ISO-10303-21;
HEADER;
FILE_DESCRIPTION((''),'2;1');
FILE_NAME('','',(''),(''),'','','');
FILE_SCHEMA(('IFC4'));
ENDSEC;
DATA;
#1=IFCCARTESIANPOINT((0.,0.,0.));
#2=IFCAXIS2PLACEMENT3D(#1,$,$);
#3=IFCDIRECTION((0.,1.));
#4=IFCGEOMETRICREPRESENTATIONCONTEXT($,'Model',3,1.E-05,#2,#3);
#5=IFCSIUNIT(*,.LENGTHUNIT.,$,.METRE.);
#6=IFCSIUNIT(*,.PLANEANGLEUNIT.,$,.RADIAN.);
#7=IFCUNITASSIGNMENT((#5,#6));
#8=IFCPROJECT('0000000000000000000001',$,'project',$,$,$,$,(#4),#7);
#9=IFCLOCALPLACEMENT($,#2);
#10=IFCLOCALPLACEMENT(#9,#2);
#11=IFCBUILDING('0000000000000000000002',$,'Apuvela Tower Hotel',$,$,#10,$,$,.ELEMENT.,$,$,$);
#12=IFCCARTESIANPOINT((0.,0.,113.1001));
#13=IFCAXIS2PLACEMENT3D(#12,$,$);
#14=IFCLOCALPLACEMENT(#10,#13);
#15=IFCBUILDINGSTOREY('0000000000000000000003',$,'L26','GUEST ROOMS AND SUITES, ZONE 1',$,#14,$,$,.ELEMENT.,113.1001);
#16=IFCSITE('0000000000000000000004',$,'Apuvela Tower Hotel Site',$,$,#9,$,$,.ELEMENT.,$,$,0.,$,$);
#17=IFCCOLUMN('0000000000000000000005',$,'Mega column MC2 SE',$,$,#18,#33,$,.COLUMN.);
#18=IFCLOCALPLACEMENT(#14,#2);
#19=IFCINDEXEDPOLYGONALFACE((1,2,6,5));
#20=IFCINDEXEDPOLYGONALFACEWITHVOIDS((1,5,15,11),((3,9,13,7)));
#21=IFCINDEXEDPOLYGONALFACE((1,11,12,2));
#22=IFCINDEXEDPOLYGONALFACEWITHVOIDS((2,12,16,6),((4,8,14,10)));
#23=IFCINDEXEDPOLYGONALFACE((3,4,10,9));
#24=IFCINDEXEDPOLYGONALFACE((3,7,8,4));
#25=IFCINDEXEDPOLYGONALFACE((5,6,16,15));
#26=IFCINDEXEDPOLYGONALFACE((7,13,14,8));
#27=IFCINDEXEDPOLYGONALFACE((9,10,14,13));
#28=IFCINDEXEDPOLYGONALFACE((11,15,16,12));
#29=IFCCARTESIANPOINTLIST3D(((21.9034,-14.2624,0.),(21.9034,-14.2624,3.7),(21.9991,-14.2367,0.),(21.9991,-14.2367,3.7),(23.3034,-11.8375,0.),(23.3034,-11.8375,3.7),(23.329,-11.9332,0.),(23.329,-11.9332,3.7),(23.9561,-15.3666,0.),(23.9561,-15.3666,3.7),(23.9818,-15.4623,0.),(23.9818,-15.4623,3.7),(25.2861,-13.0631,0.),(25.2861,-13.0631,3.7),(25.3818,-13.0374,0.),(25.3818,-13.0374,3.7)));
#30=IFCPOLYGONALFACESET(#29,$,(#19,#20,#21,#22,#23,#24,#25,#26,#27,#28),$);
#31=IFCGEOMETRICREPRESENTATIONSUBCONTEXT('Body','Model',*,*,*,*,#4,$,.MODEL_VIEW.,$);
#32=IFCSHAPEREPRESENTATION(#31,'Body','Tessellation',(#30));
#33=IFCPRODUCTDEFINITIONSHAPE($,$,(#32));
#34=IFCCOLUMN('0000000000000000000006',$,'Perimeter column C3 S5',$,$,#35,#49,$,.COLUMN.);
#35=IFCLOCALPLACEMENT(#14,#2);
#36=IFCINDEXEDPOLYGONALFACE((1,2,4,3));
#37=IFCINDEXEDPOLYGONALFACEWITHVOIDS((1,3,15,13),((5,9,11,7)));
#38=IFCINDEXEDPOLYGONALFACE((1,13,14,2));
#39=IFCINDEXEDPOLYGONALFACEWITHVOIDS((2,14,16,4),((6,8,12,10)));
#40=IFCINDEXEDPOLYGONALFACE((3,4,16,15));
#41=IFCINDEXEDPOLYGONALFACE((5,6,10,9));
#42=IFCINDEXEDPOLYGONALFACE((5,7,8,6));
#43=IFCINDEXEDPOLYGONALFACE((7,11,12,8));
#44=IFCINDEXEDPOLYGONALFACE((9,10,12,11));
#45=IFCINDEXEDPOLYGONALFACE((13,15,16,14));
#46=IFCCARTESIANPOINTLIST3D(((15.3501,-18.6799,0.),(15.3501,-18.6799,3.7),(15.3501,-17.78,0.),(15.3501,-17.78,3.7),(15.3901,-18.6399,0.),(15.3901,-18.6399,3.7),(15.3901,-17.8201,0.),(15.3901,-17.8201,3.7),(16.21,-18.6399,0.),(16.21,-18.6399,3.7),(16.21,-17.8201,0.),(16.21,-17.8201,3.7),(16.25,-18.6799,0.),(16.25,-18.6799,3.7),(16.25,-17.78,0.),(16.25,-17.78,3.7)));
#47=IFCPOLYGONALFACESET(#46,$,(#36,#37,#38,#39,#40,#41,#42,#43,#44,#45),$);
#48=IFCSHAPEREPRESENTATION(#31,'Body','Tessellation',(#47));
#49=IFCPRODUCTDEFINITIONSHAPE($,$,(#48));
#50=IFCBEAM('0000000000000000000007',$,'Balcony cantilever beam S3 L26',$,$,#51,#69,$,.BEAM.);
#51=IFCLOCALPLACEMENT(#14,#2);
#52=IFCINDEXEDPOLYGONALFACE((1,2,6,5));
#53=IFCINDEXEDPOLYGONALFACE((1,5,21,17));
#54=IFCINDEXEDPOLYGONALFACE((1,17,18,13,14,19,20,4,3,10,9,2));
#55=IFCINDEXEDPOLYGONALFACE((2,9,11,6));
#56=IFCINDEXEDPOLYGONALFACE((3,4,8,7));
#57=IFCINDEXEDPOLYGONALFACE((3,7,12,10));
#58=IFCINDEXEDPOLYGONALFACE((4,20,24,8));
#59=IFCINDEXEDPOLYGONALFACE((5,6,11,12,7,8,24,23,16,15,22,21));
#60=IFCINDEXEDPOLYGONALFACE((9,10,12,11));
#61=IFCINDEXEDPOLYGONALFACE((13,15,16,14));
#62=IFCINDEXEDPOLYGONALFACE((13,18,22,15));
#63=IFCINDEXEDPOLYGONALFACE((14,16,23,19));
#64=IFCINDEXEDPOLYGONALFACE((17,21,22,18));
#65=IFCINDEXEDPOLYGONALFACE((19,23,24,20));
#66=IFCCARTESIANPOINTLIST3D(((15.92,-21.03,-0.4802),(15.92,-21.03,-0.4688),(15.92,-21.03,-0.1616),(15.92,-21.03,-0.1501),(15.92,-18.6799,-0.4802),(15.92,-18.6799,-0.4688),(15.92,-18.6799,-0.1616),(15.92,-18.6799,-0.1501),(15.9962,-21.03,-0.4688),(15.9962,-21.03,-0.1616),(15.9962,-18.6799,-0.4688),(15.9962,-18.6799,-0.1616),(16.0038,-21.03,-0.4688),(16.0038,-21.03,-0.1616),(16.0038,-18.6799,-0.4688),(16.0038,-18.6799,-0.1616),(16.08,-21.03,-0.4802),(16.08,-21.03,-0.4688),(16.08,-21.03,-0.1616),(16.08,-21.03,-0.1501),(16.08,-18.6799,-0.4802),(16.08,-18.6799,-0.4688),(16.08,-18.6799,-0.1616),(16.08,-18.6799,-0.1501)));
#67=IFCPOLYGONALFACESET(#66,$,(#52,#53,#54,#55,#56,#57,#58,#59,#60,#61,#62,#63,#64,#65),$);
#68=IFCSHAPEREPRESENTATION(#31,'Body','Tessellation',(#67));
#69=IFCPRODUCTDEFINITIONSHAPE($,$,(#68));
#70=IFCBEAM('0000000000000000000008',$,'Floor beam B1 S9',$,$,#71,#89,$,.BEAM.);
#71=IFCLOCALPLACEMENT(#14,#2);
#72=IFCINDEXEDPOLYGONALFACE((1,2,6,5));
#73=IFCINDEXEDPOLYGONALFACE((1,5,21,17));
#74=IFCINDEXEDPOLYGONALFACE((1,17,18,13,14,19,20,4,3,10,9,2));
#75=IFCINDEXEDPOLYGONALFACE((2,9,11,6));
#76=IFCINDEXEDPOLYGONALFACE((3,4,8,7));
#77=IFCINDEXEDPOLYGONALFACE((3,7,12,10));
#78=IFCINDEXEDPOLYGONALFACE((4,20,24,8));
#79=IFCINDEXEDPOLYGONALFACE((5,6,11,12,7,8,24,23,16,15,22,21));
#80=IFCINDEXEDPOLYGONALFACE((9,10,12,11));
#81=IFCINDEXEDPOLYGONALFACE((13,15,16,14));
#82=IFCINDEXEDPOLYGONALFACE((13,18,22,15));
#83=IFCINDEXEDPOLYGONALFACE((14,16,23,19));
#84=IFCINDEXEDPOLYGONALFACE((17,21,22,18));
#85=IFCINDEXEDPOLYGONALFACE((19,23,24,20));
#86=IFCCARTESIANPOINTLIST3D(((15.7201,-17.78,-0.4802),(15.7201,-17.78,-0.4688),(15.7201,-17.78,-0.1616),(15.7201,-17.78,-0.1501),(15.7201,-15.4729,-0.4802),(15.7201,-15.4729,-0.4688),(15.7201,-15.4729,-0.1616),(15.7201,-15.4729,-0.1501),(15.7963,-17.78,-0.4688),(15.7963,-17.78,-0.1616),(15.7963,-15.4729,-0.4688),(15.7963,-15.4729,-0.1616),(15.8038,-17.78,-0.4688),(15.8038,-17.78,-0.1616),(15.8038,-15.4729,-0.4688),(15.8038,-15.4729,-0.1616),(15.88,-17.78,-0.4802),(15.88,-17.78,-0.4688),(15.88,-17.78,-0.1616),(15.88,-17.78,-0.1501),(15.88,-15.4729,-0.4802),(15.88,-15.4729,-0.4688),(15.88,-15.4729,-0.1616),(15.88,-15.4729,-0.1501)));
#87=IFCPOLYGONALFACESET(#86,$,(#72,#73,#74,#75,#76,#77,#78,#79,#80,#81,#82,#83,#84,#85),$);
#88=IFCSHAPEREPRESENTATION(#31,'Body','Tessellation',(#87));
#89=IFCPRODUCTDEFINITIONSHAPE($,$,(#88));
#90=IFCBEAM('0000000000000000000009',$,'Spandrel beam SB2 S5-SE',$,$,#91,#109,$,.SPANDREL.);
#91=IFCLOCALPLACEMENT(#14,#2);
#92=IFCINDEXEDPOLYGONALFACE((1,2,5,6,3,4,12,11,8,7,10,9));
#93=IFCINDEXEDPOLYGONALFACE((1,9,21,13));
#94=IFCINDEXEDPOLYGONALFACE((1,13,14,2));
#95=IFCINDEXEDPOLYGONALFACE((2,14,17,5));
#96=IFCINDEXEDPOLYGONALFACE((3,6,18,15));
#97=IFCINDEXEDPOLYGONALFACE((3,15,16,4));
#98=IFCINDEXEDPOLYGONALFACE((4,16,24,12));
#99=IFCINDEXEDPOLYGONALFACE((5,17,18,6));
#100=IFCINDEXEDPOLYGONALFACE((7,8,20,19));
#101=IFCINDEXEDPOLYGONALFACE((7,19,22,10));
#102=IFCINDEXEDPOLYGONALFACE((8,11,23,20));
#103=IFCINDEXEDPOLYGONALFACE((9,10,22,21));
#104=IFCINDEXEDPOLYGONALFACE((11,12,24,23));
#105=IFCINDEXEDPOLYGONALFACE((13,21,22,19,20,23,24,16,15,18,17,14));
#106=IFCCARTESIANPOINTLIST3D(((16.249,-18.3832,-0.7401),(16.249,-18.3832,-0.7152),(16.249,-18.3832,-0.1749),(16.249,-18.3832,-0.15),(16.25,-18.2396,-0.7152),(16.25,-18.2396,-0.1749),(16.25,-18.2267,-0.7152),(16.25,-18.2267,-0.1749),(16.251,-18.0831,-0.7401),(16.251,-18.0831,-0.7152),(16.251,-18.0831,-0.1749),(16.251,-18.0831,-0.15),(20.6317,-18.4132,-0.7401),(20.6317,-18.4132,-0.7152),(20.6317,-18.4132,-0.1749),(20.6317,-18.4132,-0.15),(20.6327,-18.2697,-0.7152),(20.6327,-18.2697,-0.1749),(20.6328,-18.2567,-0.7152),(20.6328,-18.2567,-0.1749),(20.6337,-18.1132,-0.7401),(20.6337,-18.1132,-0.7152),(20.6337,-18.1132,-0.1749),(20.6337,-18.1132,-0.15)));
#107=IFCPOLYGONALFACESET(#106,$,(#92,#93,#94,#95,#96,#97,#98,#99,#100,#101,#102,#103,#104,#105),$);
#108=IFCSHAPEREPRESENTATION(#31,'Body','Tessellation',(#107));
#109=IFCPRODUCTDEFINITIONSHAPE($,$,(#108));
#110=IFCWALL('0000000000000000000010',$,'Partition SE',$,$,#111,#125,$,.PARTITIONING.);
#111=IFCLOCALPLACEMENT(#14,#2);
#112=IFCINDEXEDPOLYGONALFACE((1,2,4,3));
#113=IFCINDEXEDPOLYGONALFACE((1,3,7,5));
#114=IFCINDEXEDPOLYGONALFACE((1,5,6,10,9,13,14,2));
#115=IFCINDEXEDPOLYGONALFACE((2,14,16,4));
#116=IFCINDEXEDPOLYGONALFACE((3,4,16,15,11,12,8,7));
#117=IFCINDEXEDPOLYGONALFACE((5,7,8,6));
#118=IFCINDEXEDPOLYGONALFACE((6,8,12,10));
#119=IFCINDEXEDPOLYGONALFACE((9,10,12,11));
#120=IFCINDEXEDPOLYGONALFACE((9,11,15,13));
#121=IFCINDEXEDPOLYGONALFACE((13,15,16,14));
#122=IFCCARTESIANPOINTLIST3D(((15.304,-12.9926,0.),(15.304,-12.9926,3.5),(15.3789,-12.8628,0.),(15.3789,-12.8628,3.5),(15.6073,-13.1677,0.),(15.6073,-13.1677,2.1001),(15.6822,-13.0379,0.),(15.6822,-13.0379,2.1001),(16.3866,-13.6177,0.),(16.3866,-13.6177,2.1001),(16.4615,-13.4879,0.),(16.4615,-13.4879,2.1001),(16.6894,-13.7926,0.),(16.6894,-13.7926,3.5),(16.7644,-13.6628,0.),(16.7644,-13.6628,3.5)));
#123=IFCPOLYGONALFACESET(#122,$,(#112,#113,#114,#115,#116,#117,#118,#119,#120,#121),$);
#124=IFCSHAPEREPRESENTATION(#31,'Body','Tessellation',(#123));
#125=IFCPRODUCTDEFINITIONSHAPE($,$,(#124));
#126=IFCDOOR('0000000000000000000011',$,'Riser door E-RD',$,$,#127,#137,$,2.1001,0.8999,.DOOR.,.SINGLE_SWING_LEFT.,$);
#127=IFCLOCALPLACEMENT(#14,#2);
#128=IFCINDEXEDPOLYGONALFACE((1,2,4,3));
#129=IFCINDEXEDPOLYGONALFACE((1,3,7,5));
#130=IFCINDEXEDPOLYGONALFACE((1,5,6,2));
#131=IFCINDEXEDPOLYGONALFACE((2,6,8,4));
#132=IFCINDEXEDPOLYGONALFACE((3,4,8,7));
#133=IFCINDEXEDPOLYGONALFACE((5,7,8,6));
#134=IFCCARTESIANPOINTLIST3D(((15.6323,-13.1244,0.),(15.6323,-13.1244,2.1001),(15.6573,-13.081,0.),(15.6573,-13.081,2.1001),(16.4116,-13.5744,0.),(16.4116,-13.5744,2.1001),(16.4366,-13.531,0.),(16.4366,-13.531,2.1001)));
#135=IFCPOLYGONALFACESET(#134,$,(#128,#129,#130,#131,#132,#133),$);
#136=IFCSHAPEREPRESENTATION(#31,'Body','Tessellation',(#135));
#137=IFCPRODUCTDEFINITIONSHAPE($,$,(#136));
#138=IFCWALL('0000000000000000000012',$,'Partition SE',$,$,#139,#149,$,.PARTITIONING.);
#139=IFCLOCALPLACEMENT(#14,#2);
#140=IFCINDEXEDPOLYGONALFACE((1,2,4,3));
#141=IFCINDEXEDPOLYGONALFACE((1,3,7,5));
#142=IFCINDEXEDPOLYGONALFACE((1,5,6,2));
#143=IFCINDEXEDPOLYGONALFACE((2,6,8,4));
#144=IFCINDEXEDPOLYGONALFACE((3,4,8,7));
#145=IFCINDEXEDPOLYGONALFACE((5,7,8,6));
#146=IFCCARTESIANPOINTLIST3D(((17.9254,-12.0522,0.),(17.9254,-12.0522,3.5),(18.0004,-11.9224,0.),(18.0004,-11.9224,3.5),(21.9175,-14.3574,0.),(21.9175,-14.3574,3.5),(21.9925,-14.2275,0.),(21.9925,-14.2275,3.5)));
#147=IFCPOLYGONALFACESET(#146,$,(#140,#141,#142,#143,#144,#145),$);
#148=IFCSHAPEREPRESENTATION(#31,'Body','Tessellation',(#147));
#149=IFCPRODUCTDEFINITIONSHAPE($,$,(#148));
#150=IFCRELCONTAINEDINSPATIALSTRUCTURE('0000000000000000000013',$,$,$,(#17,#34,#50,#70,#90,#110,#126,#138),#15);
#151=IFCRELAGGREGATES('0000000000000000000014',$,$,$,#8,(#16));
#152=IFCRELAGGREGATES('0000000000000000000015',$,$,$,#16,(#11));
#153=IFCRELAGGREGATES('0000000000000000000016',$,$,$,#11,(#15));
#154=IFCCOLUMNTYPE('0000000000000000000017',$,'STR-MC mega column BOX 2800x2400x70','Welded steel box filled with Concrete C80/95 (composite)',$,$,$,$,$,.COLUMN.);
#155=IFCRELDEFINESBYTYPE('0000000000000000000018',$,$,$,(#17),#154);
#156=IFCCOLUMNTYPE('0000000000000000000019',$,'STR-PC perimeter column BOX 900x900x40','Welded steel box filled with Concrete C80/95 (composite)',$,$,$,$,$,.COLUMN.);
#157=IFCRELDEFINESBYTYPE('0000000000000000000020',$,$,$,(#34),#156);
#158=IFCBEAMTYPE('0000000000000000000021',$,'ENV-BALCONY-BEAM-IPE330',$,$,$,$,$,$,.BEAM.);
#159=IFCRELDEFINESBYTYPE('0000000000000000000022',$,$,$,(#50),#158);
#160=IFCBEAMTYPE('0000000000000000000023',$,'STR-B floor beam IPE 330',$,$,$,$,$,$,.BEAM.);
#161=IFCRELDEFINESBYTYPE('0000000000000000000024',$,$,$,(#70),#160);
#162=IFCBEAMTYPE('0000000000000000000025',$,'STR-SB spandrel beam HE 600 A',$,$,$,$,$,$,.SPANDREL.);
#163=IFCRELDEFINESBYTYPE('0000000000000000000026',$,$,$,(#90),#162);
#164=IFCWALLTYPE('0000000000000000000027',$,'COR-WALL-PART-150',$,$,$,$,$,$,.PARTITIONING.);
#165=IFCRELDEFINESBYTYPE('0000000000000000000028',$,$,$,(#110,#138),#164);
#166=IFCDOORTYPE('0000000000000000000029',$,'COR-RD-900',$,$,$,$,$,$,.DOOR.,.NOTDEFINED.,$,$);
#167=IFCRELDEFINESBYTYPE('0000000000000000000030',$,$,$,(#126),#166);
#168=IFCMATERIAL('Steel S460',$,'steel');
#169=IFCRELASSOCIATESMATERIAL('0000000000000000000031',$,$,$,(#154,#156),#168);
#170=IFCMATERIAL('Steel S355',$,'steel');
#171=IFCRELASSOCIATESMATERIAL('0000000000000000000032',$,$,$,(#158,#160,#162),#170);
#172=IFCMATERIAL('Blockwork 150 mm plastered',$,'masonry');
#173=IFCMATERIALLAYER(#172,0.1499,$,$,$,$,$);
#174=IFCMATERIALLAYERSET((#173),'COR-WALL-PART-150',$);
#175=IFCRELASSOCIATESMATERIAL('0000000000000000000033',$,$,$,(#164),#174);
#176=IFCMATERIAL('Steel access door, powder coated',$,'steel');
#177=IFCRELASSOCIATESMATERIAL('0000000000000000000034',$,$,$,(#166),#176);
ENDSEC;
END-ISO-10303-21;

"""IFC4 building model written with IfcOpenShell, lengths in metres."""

from ifc_helpers import new_model, si_unit, direction, frame, frame_2d, origin, origin_2d, place, context, subcontext, project, spatial, rectangle, hollow_rectangle, i_section, extrude, material, layer, layer_set, material_profile, profile_set, type_object, element, fill, save


model = new_model("IFC4")

# Units and contexts
model_context = context("Model", 3, precision=1e-05, world=origin(), true_north=direction((0.0, 1.0)))
body_context = subcontext(model_context, "Body", "Model", "MODEL_VIEW")
ifc_project = project(units=[si_unit("LENGTHUNIT", "METRE"), si_unit("PLANEANGLEUNIT", "RADIAN")], contexts=[model_context])

# Site, building, storey
site_placement = place(None, origin())
site = spatial("IfcSite", under=ifc_project, at=site_placement, Name="Apuvela Tower Hotel Site", CompositionType="ELEMENT", RefElevation=0.0)
building_placement = place(site_placement, origin())
building = spatial("IfcBuilding", under=site, at=building_placement, Name="Apuvela Tower Hotel", CompositionType="ELEMENT")
storey_placement = place(building_placement, frame((0.0, 0.0, 113.1001)))
storey = spatial("IfcBuildingStorey", under=building, at=storey_placement, Name="L26", Description="GUEST ROOMS AND SUITES, ZONE 1", CompositionType="ELEMENT", Elevation=113.1001)

# Columns
ifc_material_1 = material(Name="Steel S460", Category="steel")
ifc_material_profile_1 = material_profile(ifc_material_1, hollow_rectangle(XDim=2.8, YDim=2.3999, WallThickness=0.0701, at=origin_2d()), Name="BOX 2800x2400x70")
ifc_material_2 = material(Name="Concrete C80/95", Category="concrete")
ifc_material_profile_2 = material_profile(ifc_material_2, rectangle(XDim=2.6599, YDim=2.26, at=origin_2d()), Name="Concrete C80/95 infill")
ifc_profile_set_1 = profile_set([ifc_material_profile_1, ifc_material_profile_2], Name="Steel S460")
column_type_1 = type_object("IfcColumnType", Name="STR-MC mega column BOX 2800x2400x70", Description="Welded steel box filled with Concrete C80/95 (composite)", PredefinedType="COLUMN", material=ifc_profile_set_1)
column_1_placement = place(storey_placement, frame((23.6426, -13.6499, 0.0), z_axis=(0.0, 0.0, 1.0), x_axis=(0.5, 0.866025, 0.0)))
element("IfcColumn", 1, at=column_1_placement, inside=storey, type_object=column_type_1, Name="Mega column MC2 SE", PredefinedType="COLUMN", context=body_context, shape_type="SweptSolid", body=[
    extrude(hollow_rectangle(XDim=2.8, YDim=2.3999, WallThickness=0.0701, at=origin_2d()), origin(), (0.0, 0.0, 1.0), 3.7),
])
ifc_material_profile_3 = material_profile(ifc_material_1, hollow_rectangle(XDim=0.8999, YDim=0.8999, WallThickness=0.04, at=origin_2d()), Name="BOX 900x900x40")
ifc_material_profile_4 = material_profile(ifc_material_2, rectangle(XDim=0.8201, YDim=0.8201, at=origin_2d()), Name="Concrete C80/95 infill")
ifc_profile_set_2 = profile_set([ifc_material_profile_3, ifc_material_profile_4], Name="Steel S460")
column_type_2 = type_object("IfcColumnType", Name="STR-PC perimeter column BOX 900x900x40", Description="Welded steel box filled with Concrete C80/95 (composite)", PredefinedType="COLUMN", material=ifc_profile_set_2)
column_2_placement = place(storey_placement, frame((15.8, -18.23, 0.0), z_axis=(0.0, 0.0, 1.0), x_axis=(-1.0, 0.0, 0.0)))
element("IfcColumn", 2, at=column_2_placement, inside=storey, type_object=column_type_2, Name="Perimeter column C3 S5", PredefinedType="COLUMN", context=body_context, shape_type="SweptSolid", body=[
    extrude(hollow_rectangle(XDim=0.8999, YDim=0.8999, WallThickness=0.04, at=origin_2d()), origin(), (0.0, 0.0, 1.0), 3.7),
])

# Beams
ifc_material_3 = material(Name="Steel S355", Category="steel")
ifc_material_profile_5 = material_profile(ifc_material_3, i_section(OverallWidth=0.1599, OverallDepth=0.3301, WebThickness=0.0076, FlangeThickness=0.0115, at=origin_2d()), Name="IPE 330")
ifc_profile_set_3 = profile_set([ifc_material_profile_5], Name="Steel S355")
beam_type_1 = type_object("IfcBeamType", Name="ENV-BALCONY-BEAM-IPE330", PredefinedType="BEAM", material=ifc_profile_set_3)
beam_1_placement = place(storey_placement, frame((16.0, -18.6799, -0.3152), z_axis=(0.0, -1.0, 0.0), x_axis=(1.0, 0.0, 0.0)))
element("IfcBeam", 3, at=beam_1_placement, inside=storey, type_object=beam_type_1, Name="Balcony cantilever beam S3 L26", PredefinedType="BEAM", context=body_context, shape_type="SweptSolid", body=[
    extrude(i_section(OverallWidth=0.1599, OverallDepth=0.3301, WebThickness=0.0076, FlangeThickness=0.0115, at=origin_2d()), origin(), (0.0, 0.0, 1.0), 2.3501),
])
ifc_material_profile_6 = material_profile(ifc_material_3, i_section(OverallWidth=0.1599, OverallDepth=0.3301, WebThickness=0.0076, FlangeThickness=0.0115, at=origin_2d()), Name="IPE 330")
ifc_profile_set_4 = profile_set([ifc_material_profile_6], Name="Steel S355")
beam_type_2 = type_object("IfcBeamType", Name="STR-B floor beam IPE 330", PredefinedType="BEAM", material=ifc_profile_set_4)
beam_2_placement = place(storey_placement, frame((15.8, -17.78, -0.3152), z_axis=(0.0, 1.0, 0.0), x_axis=(-1.0, 0.0, 0.0)))
element("IfcBeam", 4, at=beam_2_placement, inside=storey, type_object=beam_type_2, Name="Floor beam B1 S9", PredefinedType="BEAM", context=body_context, shape_type="SweptSolid", body=[
    extrude(i_section(OverallWidth=0.1599, OverallDepth=0.3301, WebThickness=0.0076, FlangeThickness=0.0115, at=origin_2d()), origin(), (0.0, 0.0, 1.0), 2.3071),
])
ifc_material_profile_7 = material_profile(ifc_material_3, i_section(OverallWidth=0.3, OverallDepth=0.5901, WebThickness=0.0129, FlangeThickness=0.0249, at=origin_2d()), Name="HE 600 A")
ifc_profile_set_5 = profile_set([ifc_material_profile_7], Name="Steel S355")
beam_type_3 = type_object("IfcBeamType", Name="STR-SB spandrel beam HE 600 A", PredefinedType="SPANDREL", material=ifc_profile_set_5)
beam_3_placement = place(storey_placement, frame((16.25, -18.2332, -0.4451), z_axis=(0.999977, -0.006851, 0.0), x_axis=(0.006851, 0.999977, 0.0)))
element("IfcBeam", 5, at=beam_3_placement, inside=storey, type_object=beam_type_3, Name="Spandrel beam SB2 S5-SE", PredefinedType="SPANDREL", context=body_context, shape_type="SweptSolid", body=[
    extrude(i_section(OverallWidth=0.3, OverallDepth=0.5901, WebThickness=0.0129, FlangeThickness=0.0249, at=origin_2d()), origin(), (0.0, 0.0, 1.0), 4.3828),
])

# Wall, opening, door
ifc_material_4 = material(Name="Blockwork 150 mm plastered", Category="masonry")
ifc_layer_1 = layer(ifc_material_4, 0.1499)
ifc_layer_set_1 = layer_set([ifc_layer_1], Name="COR-WALL-PART-150")
wall_type_1 = type_object("IfcWallType", Name="COR-WALL-PART-150", PredefinedType="PARTITIONING", material=ifc_layer_set_1)
wall_1_placement = place(storey_placement, frame((15.3416, -12.9277, 0.0), z_axis=(0.0, 0.0, 1.0), x_axis=(0.86599, -0.500061, 0.0)))
wall_1 = element("IfcWall", 6, at=wall_1_placement, inside=storey, type_object=wall_type_1, Name="Partition SE", PredefinedType="PARTITIONING", context=body_context, shape_type="SweptSolid", body=[
    extrude(rectangle(XDim=1.5999, YDim=0.1499, at=frame_2d((0.7998, 0.0))), origin(), (0.0, 0.0, 1.0), 3.5),
])
opening_1_placement = place(wall_1_placement, frame((0.3501, 0.0, 0.0)))
opening_1 = element("IfcOpeningElement", 7, at=opening_1_placement, cuts=wall_1, PredefinedType="OPENING", context=body_context, shape_type="SweptSolid", body=[
    extrude(rectangle(XDim=0.8999, YDim=2.1001, at=frame_2d((0.45, 1.05))), frame((0.0, 0.085, 0.0), z_axis=(0.0, -1.0, 0.0), x_axis=(1.0, 0.0, 0.0)), (0.0, 0.0, 1.0), 0.1699),
])
ifc_material_5 = material(Name="Steel access door, powder coated", Category="steel")
door_type_1 = type_object("IfcDoorType", Name="COR-RD-900", OperationType="NOTDEFINED", PredefinedType="DOOR", material=ifc_material_5)
door_1_placement = place(opening_1_placement, frame((0.8999, 0.0, 0.0), z_axis=(0.0, 0.0, 1.0), x_axis=(-1.0, 0.0, 0.0)))
door_1 = element("IfcDoor", 8, at=door_1_placement, inside=storey, type_object=door_type_1, Name="Riser door E-RD", OperationType="SINGLE_SWING_LEFT", OverallHeight=2.1001, OverallWidth=0.8999, PredefinedType="DOOR", context=body_context, shape_type="SweptSolid", body=[
    extrude(rectangle(XDim=0.8999, YDim=2.1001, at=frame_2d((0.45, 1.05))), frame((0.0, 0.0249, 0.0), z_axis=(0.0, -1.0, 0.0), x_axis=(1.0, 0.0, 0.0)), (0.0, 0.0, 1.0), 0.05),
])
fill(opening_1, door_1)

# Wall
wall_2_placement = place(storey_placement, frame((17.9629, -11.9873, 0.0), z_axis=(0.0, 0.0, 1.0), x_axis=(0.865999, -0.500046, 0.0)))
element("IfcWall", 9, at=wall_2_placement, inside=storey, type_object=wall_type_1, Name="Partition SE", PredefinedType="PARTITIONING", context=body_context, shape_type="SweptSolid", body=[
    extrude(rectangle(XDim=4.6099, YDim=0.1499, at=frame_2d((2.3049, 0.0))), origin(), (0.0, 0.0, 1.0), 3.5),
])

save(model, "model.ifc")
